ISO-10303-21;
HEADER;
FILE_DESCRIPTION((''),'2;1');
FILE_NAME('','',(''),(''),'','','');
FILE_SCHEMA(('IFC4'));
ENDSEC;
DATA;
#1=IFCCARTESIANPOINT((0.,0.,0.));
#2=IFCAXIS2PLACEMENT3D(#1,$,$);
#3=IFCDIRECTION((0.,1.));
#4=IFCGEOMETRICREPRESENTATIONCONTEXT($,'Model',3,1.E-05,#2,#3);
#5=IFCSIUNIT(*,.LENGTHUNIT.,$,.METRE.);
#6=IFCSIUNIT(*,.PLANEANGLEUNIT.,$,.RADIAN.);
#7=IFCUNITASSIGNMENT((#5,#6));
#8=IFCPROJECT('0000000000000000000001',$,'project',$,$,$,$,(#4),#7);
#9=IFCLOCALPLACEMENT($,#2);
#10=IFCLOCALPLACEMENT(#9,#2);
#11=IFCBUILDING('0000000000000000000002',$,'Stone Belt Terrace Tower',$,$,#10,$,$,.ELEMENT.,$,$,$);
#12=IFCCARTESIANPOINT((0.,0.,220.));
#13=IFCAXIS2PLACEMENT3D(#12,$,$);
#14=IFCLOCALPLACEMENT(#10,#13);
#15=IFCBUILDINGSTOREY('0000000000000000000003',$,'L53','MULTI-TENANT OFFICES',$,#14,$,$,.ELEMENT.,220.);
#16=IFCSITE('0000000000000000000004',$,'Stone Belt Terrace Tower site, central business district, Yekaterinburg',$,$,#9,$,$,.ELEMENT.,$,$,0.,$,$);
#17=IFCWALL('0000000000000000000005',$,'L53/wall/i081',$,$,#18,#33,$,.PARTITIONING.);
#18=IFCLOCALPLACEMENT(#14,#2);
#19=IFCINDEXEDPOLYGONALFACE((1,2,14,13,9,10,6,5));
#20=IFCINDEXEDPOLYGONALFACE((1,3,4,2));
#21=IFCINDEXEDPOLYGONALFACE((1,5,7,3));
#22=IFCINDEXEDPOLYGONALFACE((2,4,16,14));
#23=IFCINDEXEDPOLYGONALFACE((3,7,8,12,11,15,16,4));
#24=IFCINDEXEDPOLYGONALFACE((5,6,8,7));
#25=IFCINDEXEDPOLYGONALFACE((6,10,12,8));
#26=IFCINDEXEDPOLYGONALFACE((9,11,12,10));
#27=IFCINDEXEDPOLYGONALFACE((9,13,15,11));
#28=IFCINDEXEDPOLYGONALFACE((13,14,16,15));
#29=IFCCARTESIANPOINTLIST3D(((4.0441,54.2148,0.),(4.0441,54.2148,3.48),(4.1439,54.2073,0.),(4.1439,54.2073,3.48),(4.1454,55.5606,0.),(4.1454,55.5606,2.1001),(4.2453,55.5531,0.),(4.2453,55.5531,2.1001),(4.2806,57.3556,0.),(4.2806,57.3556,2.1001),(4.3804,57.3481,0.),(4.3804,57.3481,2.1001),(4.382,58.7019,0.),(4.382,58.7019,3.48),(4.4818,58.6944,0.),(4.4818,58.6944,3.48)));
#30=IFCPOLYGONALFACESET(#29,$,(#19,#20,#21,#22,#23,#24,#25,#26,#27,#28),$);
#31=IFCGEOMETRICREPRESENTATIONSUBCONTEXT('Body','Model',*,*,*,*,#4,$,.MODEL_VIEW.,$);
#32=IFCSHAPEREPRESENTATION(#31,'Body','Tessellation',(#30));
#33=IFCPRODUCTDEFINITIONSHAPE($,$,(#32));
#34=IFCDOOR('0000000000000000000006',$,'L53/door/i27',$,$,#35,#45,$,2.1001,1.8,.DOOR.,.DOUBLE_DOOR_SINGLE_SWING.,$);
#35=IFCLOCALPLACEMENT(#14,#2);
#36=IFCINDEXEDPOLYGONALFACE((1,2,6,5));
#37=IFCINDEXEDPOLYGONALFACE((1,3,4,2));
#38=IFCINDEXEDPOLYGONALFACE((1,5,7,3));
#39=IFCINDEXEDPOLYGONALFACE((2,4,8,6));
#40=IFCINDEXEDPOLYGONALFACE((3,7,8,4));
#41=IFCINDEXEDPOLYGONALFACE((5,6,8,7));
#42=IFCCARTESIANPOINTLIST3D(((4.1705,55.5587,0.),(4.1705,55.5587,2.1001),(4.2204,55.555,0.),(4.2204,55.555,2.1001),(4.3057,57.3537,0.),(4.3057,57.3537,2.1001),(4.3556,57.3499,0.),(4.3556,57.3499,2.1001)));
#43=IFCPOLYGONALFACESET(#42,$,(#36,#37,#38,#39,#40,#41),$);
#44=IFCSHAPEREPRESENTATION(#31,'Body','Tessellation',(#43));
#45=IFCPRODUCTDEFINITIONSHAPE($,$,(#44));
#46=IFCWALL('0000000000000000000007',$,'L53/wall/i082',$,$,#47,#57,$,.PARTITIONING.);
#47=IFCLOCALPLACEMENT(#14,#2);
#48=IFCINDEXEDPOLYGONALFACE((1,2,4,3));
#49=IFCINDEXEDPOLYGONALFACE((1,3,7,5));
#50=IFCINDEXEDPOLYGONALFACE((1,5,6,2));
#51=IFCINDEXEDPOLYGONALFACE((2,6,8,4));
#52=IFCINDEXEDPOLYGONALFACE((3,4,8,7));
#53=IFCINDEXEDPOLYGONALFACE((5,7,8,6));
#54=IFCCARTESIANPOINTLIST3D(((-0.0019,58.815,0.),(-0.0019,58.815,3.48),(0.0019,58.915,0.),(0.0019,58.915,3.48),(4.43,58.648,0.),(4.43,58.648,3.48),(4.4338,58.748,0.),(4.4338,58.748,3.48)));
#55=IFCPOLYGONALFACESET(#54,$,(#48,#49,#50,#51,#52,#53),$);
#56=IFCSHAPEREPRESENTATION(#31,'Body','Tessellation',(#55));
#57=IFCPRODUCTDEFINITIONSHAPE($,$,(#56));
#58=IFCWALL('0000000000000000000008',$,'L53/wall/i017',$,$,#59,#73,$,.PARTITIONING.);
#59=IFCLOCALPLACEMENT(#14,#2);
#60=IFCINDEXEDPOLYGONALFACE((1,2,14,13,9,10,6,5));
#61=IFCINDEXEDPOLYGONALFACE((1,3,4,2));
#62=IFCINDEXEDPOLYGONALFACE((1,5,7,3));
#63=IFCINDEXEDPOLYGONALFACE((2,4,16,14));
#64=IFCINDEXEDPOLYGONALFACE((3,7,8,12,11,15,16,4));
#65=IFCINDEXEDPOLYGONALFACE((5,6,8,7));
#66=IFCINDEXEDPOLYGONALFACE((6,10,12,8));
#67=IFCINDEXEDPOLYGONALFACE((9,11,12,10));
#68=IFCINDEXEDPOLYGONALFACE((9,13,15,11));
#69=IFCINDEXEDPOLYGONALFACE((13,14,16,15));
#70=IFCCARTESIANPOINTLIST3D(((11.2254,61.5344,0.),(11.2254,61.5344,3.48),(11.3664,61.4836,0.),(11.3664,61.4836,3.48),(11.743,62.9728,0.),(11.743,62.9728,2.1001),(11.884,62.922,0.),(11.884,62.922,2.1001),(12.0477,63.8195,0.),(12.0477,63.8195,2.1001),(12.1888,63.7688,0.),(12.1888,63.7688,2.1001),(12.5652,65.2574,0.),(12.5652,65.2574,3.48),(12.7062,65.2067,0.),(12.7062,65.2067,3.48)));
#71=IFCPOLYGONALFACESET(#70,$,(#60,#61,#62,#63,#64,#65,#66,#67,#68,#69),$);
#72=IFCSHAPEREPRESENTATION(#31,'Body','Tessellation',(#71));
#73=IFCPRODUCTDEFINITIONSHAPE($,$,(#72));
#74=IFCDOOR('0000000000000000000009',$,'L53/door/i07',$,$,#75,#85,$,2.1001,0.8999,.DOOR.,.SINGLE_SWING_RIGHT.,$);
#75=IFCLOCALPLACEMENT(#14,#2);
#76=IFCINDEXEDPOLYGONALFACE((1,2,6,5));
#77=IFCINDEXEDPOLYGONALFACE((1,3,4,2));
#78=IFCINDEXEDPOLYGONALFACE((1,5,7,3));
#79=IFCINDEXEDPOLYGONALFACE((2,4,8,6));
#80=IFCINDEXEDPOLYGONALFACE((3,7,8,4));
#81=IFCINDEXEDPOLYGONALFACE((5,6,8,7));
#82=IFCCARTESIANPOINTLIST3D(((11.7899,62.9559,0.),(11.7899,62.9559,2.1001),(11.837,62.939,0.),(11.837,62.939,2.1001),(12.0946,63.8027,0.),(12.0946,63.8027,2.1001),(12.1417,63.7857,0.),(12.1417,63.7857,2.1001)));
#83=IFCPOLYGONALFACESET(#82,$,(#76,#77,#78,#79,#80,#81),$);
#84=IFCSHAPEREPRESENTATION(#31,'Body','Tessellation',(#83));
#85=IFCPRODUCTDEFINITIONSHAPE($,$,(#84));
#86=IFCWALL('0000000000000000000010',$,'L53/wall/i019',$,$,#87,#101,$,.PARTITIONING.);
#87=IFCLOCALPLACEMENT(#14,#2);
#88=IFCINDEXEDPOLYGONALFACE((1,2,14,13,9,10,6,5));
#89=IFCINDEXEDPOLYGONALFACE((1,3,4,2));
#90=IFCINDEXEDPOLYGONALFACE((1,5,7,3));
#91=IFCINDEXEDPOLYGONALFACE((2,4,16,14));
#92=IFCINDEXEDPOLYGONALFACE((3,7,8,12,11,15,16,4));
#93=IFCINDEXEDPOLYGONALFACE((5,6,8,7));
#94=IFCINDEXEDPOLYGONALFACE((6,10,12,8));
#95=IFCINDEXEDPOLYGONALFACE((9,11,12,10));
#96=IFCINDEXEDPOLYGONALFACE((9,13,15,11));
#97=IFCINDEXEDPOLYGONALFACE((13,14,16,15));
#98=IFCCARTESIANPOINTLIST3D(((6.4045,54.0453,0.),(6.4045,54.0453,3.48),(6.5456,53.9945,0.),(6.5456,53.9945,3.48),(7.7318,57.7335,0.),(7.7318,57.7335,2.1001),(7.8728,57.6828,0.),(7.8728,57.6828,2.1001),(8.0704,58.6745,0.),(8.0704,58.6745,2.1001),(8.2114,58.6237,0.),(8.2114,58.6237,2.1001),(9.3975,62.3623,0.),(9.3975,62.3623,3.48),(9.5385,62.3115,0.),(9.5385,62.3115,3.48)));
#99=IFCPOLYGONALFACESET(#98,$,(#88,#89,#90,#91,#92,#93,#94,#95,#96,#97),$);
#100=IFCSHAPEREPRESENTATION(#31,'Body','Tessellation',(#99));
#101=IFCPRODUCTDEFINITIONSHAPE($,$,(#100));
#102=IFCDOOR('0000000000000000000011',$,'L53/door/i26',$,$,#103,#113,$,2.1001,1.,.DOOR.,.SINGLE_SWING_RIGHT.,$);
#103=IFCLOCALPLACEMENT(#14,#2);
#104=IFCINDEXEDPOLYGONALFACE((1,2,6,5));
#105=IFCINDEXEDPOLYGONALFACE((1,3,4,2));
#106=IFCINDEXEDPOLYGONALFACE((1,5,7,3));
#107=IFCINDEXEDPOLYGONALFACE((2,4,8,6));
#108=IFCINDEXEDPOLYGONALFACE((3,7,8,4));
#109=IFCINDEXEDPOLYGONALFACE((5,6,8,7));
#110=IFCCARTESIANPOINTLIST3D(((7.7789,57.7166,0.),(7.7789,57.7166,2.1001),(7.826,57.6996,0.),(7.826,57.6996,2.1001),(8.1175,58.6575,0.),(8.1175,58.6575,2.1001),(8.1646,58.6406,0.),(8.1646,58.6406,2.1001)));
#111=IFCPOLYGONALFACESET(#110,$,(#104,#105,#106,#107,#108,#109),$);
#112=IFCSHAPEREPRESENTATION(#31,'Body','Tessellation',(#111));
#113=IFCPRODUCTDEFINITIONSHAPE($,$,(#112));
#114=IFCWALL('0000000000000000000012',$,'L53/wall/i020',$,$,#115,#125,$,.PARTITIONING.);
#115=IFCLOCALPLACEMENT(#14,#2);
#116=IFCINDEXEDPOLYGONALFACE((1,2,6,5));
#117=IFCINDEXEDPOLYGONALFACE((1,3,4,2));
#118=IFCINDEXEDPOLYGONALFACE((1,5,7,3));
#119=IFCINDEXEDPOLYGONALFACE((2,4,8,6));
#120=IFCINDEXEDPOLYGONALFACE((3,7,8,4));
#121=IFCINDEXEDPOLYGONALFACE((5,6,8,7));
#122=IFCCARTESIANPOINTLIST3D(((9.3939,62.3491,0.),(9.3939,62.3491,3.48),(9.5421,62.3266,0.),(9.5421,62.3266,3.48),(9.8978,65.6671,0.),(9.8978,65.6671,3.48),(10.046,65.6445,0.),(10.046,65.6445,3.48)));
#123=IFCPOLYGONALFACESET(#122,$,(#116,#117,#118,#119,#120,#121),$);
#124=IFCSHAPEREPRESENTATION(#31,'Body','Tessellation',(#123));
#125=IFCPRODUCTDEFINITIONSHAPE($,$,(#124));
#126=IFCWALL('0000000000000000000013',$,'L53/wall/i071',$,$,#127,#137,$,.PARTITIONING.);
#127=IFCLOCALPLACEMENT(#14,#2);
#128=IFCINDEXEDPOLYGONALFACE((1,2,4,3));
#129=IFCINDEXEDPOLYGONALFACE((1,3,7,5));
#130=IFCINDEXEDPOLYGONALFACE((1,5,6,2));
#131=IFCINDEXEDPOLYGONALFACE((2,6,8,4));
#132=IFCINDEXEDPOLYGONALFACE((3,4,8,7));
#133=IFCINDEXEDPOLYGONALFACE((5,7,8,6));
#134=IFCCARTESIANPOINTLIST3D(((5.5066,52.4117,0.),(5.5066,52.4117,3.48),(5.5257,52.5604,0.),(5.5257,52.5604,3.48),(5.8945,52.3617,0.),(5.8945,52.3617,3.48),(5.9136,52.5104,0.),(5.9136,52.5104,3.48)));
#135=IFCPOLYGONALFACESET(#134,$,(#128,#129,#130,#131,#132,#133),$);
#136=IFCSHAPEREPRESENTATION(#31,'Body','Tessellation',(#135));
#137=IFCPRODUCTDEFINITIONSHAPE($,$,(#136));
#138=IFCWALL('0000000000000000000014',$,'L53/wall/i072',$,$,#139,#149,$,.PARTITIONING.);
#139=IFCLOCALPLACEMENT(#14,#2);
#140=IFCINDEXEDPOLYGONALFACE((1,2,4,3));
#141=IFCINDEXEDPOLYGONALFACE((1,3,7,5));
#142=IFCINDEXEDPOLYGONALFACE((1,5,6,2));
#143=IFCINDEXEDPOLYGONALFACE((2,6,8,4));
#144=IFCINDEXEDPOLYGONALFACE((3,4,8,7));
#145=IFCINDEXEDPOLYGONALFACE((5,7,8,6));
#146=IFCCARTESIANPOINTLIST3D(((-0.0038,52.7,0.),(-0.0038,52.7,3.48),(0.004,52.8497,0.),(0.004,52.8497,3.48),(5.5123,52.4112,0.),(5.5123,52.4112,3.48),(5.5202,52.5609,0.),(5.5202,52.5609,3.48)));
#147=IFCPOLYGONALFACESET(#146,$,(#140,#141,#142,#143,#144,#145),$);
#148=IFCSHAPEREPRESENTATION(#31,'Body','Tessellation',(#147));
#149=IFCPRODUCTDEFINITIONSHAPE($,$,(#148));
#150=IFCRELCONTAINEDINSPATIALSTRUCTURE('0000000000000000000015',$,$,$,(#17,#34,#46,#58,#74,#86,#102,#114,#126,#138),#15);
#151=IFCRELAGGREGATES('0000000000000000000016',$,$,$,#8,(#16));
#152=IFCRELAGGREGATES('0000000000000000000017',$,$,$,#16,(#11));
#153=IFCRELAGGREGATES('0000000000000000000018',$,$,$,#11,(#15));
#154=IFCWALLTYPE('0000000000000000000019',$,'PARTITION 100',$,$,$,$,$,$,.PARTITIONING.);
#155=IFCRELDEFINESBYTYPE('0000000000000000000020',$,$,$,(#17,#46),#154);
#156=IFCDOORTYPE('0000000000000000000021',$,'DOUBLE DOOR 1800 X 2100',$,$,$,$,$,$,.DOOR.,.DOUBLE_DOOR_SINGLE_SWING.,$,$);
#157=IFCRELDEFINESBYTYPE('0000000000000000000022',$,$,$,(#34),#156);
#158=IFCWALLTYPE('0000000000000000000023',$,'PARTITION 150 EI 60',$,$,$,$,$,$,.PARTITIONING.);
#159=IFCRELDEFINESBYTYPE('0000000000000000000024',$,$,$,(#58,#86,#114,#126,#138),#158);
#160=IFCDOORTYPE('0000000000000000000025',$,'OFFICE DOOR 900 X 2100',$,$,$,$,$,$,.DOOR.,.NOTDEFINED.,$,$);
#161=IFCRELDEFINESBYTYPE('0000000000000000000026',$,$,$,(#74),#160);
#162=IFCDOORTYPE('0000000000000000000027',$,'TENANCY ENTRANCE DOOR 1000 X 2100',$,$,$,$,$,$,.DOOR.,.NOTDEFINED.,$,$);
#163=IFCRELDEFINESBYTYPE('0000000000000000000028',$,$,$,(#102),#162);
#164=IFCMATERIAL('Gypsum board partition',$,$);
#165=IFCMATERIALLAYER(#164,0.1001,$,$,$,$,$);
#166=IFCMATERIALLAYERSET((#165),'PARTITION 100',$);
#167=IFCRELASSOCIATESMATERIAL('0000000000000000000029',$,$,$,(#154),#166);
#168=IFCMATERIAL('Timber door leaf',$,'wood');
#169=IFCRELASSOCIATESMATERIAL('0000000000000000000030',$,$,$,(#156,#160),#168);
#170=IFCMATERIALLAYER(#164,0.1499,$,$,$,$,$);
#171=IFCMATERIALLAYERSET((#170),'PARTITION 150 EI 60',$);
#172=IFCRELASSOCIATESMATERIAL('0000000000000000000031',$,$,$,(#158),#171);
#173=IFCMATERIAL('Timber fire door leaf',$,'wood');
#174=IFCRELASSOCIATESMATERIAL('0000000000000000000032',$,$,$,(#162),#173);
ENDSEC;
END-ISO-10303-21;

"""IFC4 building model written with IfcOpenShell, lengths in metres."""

from ifc_helpers import new_model, si_unit, direction, frame, frame_2d, origin, place, context, subcontext, project, spatial, rectangle, extrude, material, layer, layer_set, type_object, element, fill, save


model = new_model("IFC4")

# Units and contexts
model_context = context("Model", 3, precision=1e-05, world=origin(), true_north=direction((0.0, 1.0)))
body_context = subcontext(model_context, "Body", "Model", "MODEL_VIEW")
ifc_project = project(units=[si_unit("LENGTHUNIT", "METRE"), si_unit("PLANEANGLEUNIT", "RADIAN")], contexts=[model_context])

# Site, building, storey
site_placement = place(None, origin())
site = spatial("IfcSite", under=ifc_project, at=site_placement, Name="Stone Belt Terrace Tower site, central business district, Yekaterinburg", CompositionType="ELEMENT", RefElevation=0.0)
building_placement = place(site_placement, origin())
building = spatial("IfcBuilding", under=site, at=building_placement, Name="Stone Belt Terrace Tower", CompositionType="ELEMENT")
storey_placement = place(building_placement, frame((0.0, 0.0, 220.0)))
storey = spatial("IfcBuildingStorey", under=building, at=storey_placement, Name="L53", Description="MULTI-TENANT OFFICES", CompositionType="ELEMENT", Elevation=220.0)

# Shared definitions
ifc_material_1 = material(Name="Timber door leaf", Category="wood")

# Wall, opening, door
ifc_material_2 = material(Name="Gypsum board partition")
ifc_layer_1 = layer(ifc_material_2, 0.1001)
ifc_layer_set_1 = layer_set([ifc_layer_1], Name="PARTITION 100")
wall_type_1 = type_object("IfcWallType", Name="PARTITION 100", PredefinedType="PARTITIONING", material=ifc_layer_set_1)
wall_1_placement = place(storey_placement, frame((4.094, 54.2109, 0.0), z_axis=(0.0, 0.0, 1.0), x_axis=(0.075091, 0.997177, 0.0)))
wall_1 = element("IfcWall", 1, at=wall_1_placement, inside=storey, type_object=wall_type_1, Name="L53/wall/i081", PredefinedType="PARTITIONING", context=body_context, shape_type="SweptSolid", body=[
    extrude(rectangle(XDim=4.4998, YDim=0.1001, at=frame_2d((2.25, 0.0))), origin(), (0.0, 0.0, 1.0), 3.48),
])
opening_1_placement = place(wall_1_placement, frame((1.3499, 0.0, 0.0)))
opening_1 = element("IfcOpeningElement", 2, at=opening_1_placement, cuts=wall_1, PredefinedType="OPENING", context=body_context, shape_type="SweptSolid", body=[
    extrude(rectangle(XDim=1.8, YDim=2.1001, at=frame_2d((0.8999, 1.05))), frame((0.0, 0.0601, 0.0), z_axis=(0.0, -1.0, 0.0), x_axis=(1.0, 0.0, 0.0)), (0.0, 0.0, 1.0), 0.1201),
])
door_type_1 = type_object("IfcDoorType", Name="DOUBLE DOOR 1800 X 2100", OperationType="DOUBLE_DOOR_SINGLE_SWING", PredefinedType="DOOR", material=ifc_material_1)
door_1_placement = place(opening_1_placement, origin())
door_1 = element("IfcDoor", 3, at=door_1_placement, inside=storey, type_object=door_type_1, Name="L53/door/i27", OperationType="DOUBLE_DOOR_SINGLE_SWING", OverallHeight=2.1001, OverallWidth=1.8, PredefinedType="DOOR", context=body_context, shape_type="SweptSolid", body=[
    extrude(rectangle(XDim=1.8, YDim=2.1001, at=frame_2d((0.8999, 1.05))), frame((0.0, 0.0249, 0.0), z_axis=(0.0, -1.0, 0.0), x_axis=(1.0, 0.0, 0.0)), (0.0, 0.0, 1.0), 0.05),
])
fill(opening_1, door_1)

# Wall
wall_2_placement = place(storey_placement, frame((4.4319, 58.698, 0.0), z_axis=(0.0, 0.0, 1.0), x_axis=(-0.999291, 0.037653, 0.0)))
element("IfcWall", 4, at=wall_2_placement, inside=storey, type_object=wall_type_1, Name="L53/wall/i082", PredefinedType="PARTITIONING", context=body_context, shape_type="SweptSolid", body=[
    extrude(rectangle(XDim=4.4351, YDim=0.1001, at=frame_2d((2.2175, 0.0))), origin(), (0.0, 0.0, 1.0), 3.48),
])

# Walls, openings, doors
ifc_layer_2 = layer(ifc_material_2, 0.1499)
ifc_layer_set_2 = layer_set([ifc_layer_2], Name="PARTITION 150 EI 60")
wall_type_2 = type_object("IfcWallType", Name="PARTITION 150 EI 60", PredefinedType="PARTITIONING", material=ifc_layer_set_2)
wall_3_placement = place(storey_placement, frame((12.6357, 65.2322, 0.0), z_axis=(0.0, 0.0, 1.0), x_axis=(-0.33861, -0.940927, 0.0)))
wall_3 = element("IfcWall", 5, at=wall_3_placement, inside=storey, type_object=wall_type_2, Name="L53/wall/i017", PredefinedType="PARTITIONING", context=body_context, shape_type="SweptSolid", body=[
    extrude(rectangle(XDim=3.9568, YDim=0.1499, at=frame_2d((1.9785, 0.0))), origin(), (0.0, 0.0, 1.0), 3.48),
])
opening_2_placement = place(wall_3_placement, frame((1.5283, 0.0, 0.0)))
opening_2 = element("IfcOpeningElement", 6, at=opening_2_placement, cuts=wall_3, PredefinedType="OPENING", context=body_context, shape_type="SweptSolid", body=[
    extrude(rectangle(XDim=0.8999, YDim=2.1001, at=frame_2d((0.45, 1.05))), frame((0.0, 0.085, 0.0), z_axis=(0.0, -1.0, 0.0), x_axis=(1.0, 0.0, 0.0)), (0.0, 0.0, 1.0), 0.1699),
])
door_type_2 = type_object("IfcDoorType", Name="OFFICE DOOR 900 X 2100", OperationType="NOTDEFINED", PredefinedType="DOOR", material=ifc_material_1)
door_2_placement = place(opening_2_placement, origin())
door_2 = element("IfcDoor", 7, at=door_2_placement, inside=storey, type_object=door_type_2, Name="L53/door/i07", OperationType="SINGLE_SWING_RIGHT", OverallHeight=2.1001, OverallWidth=0.8999, PredefinedType="DOOR", context=body_context, shape_type="SweptSolid", body=[
    extrude(rectangle(XDim=0.8999, YDim=2.1001, at=frame_2d((0.45, 1.05))), frame((0.0, 0.0249, 0.0), z_axis=(0.0, -1.0, 0.0), x_axis=(1.0, 0.0, 0.0)), (0.0, 0.0, 1.0), 0.05),
])
fill(opening_2, door_2)
wall_4_placement = place(storey_placement, frame((6.4751, 54.02, 0.0), z_axis=(0.0, 0.0, 1.0), x_axis=(0.338603, 0.940929, 0.0)))
wall_4 = element("IfcWall", 8, at=wall_4_placement, inside=storey, type_object=wall_type_2, Name="L53/wall/i019", PredefinedType="PARTITIONING", context=body_context, shape_type="SweptSolid", body=[
    extrude(rectangle(XDim=8.8391, YDim=0.1499, at=frame_2d((4.4194, 0.0))), origin(), (0.0, 0.0, 1.0), 3.48),
])
opening_3_placement = place(wall_4_placement, frame((3.9197, 0.0, 0.0)))
opening_3 = element("IfcOpeningElement", 9, at=opening_3_placement, cuts=wall_4, PredefinedType="OPENING", context=body_context, shape_type="SweptSolid", body=[
    extrude(rectangle(XDim=1.0, YDim=2.1001, at=frame_2d((0.5, 1.05))), frame((0.0, 0.085, 0.0), z_axis=(0.0, -1.0, 0.0), x_axis=(1.0, 0.0, 0.0)), (0.0, 0.0, 1.0), 0.1699),
])
ifc_material_3 = material(Name="Timber fire door leaf", Category="wood")
door_type_3 = type_object("IfcDoorType", Name="TENANCY ENTRANCE DOOR 1000 X 2100", OperationType="NOTDEFINED", PredefinedType="DOOR", material=ifc_material_3)
door_3_placement = place(opening_3_placement, origin())
door_3 = element("IfcDoor", 10, at=door_3_placement, inside=storey, type_object=door_type_3, Name="L53/door/i26", OperationType="SINGLE_SWING_RIGHT", OverallHeight=2.1001, OverallWidth=1.0, PredefinedType="DOOR", context=body_context, shape_type="SweptSolid", body=[
    extrude(rectangle(XDim=1.0, YDim=2.1001, at=frame_2d((0.5, 1.05))), frame((0.0, 0.0249, 0.0), z_axis=(0.0, -1.0, 0.0), x_axis=(1.0, 0.0, 0.0)), (0.0, 0.0, 1.0), 0.05),
])
fill(opening_3, door_3)

# Walls
wall_5_placement = place(storey_placement, frame((9.468, 62.3379, 0.0), z_axis=(0.0, 0.0, 1.0), x_axis=(0.150154, 0.988663, 0.0)))
element("IfcWall", 11, at=wall_5_placement, inside=storey, type_object=wall_type_2, Name="L53/wall/i020", PredefinedType="PARTITIONING", context=body_context, shape_type="SweptSolid", body=[
    extrude(rectangle(XDim=3.356, YDim=0.1499, at=frame_2d((1.678, 0.0))), origin(), (0.0, 0.0, 1.0), 3.48),
])
wall_6_placement = place(storey_placement, frame((5.9041, 52.436, 0.0), z_axis=(0.0, 0.0, 1.0), x_axis=(-0.99178, 0.127952, 0.0)))
element("IfcWall", 12, at=wall_6_placement, inside=storey, type_object=wall_type_2, Name="L53/wall/i071", PredefinedType="PARTITIONING", context=body_context, shape_type="SweptSolid", body=[
    extrude(rectangle(XDim=0.3911, YDim=0.1499, at=frame_2d((0.1956, 0.0))), origin(), (0.0, 0.0, 1.0), 3.48),
])
wall_7_placement = place(storey_placement, frame((5.5161, 52.4861, 0.0), z_axis=(0.0, 0.0, 1.0), x_axis=(-0.998632, 0.052287, 0.0)))
element("IfcWall", 13, at=wall_7_placement, inside=storey, type_object=wall_type_2, Name="L53/wall/i072", PredefinedType="PARTITIONING", context=body_context, shape_type="SweptSolid", body=[
    extrude(rectangle(XDim=5.5237, YDim=0.1499, at=frame_2d((2.7617, 0.0))), origin(), (0.0, 0.0, 1.0), 3.48),
])

save(model, "model.ifc")
